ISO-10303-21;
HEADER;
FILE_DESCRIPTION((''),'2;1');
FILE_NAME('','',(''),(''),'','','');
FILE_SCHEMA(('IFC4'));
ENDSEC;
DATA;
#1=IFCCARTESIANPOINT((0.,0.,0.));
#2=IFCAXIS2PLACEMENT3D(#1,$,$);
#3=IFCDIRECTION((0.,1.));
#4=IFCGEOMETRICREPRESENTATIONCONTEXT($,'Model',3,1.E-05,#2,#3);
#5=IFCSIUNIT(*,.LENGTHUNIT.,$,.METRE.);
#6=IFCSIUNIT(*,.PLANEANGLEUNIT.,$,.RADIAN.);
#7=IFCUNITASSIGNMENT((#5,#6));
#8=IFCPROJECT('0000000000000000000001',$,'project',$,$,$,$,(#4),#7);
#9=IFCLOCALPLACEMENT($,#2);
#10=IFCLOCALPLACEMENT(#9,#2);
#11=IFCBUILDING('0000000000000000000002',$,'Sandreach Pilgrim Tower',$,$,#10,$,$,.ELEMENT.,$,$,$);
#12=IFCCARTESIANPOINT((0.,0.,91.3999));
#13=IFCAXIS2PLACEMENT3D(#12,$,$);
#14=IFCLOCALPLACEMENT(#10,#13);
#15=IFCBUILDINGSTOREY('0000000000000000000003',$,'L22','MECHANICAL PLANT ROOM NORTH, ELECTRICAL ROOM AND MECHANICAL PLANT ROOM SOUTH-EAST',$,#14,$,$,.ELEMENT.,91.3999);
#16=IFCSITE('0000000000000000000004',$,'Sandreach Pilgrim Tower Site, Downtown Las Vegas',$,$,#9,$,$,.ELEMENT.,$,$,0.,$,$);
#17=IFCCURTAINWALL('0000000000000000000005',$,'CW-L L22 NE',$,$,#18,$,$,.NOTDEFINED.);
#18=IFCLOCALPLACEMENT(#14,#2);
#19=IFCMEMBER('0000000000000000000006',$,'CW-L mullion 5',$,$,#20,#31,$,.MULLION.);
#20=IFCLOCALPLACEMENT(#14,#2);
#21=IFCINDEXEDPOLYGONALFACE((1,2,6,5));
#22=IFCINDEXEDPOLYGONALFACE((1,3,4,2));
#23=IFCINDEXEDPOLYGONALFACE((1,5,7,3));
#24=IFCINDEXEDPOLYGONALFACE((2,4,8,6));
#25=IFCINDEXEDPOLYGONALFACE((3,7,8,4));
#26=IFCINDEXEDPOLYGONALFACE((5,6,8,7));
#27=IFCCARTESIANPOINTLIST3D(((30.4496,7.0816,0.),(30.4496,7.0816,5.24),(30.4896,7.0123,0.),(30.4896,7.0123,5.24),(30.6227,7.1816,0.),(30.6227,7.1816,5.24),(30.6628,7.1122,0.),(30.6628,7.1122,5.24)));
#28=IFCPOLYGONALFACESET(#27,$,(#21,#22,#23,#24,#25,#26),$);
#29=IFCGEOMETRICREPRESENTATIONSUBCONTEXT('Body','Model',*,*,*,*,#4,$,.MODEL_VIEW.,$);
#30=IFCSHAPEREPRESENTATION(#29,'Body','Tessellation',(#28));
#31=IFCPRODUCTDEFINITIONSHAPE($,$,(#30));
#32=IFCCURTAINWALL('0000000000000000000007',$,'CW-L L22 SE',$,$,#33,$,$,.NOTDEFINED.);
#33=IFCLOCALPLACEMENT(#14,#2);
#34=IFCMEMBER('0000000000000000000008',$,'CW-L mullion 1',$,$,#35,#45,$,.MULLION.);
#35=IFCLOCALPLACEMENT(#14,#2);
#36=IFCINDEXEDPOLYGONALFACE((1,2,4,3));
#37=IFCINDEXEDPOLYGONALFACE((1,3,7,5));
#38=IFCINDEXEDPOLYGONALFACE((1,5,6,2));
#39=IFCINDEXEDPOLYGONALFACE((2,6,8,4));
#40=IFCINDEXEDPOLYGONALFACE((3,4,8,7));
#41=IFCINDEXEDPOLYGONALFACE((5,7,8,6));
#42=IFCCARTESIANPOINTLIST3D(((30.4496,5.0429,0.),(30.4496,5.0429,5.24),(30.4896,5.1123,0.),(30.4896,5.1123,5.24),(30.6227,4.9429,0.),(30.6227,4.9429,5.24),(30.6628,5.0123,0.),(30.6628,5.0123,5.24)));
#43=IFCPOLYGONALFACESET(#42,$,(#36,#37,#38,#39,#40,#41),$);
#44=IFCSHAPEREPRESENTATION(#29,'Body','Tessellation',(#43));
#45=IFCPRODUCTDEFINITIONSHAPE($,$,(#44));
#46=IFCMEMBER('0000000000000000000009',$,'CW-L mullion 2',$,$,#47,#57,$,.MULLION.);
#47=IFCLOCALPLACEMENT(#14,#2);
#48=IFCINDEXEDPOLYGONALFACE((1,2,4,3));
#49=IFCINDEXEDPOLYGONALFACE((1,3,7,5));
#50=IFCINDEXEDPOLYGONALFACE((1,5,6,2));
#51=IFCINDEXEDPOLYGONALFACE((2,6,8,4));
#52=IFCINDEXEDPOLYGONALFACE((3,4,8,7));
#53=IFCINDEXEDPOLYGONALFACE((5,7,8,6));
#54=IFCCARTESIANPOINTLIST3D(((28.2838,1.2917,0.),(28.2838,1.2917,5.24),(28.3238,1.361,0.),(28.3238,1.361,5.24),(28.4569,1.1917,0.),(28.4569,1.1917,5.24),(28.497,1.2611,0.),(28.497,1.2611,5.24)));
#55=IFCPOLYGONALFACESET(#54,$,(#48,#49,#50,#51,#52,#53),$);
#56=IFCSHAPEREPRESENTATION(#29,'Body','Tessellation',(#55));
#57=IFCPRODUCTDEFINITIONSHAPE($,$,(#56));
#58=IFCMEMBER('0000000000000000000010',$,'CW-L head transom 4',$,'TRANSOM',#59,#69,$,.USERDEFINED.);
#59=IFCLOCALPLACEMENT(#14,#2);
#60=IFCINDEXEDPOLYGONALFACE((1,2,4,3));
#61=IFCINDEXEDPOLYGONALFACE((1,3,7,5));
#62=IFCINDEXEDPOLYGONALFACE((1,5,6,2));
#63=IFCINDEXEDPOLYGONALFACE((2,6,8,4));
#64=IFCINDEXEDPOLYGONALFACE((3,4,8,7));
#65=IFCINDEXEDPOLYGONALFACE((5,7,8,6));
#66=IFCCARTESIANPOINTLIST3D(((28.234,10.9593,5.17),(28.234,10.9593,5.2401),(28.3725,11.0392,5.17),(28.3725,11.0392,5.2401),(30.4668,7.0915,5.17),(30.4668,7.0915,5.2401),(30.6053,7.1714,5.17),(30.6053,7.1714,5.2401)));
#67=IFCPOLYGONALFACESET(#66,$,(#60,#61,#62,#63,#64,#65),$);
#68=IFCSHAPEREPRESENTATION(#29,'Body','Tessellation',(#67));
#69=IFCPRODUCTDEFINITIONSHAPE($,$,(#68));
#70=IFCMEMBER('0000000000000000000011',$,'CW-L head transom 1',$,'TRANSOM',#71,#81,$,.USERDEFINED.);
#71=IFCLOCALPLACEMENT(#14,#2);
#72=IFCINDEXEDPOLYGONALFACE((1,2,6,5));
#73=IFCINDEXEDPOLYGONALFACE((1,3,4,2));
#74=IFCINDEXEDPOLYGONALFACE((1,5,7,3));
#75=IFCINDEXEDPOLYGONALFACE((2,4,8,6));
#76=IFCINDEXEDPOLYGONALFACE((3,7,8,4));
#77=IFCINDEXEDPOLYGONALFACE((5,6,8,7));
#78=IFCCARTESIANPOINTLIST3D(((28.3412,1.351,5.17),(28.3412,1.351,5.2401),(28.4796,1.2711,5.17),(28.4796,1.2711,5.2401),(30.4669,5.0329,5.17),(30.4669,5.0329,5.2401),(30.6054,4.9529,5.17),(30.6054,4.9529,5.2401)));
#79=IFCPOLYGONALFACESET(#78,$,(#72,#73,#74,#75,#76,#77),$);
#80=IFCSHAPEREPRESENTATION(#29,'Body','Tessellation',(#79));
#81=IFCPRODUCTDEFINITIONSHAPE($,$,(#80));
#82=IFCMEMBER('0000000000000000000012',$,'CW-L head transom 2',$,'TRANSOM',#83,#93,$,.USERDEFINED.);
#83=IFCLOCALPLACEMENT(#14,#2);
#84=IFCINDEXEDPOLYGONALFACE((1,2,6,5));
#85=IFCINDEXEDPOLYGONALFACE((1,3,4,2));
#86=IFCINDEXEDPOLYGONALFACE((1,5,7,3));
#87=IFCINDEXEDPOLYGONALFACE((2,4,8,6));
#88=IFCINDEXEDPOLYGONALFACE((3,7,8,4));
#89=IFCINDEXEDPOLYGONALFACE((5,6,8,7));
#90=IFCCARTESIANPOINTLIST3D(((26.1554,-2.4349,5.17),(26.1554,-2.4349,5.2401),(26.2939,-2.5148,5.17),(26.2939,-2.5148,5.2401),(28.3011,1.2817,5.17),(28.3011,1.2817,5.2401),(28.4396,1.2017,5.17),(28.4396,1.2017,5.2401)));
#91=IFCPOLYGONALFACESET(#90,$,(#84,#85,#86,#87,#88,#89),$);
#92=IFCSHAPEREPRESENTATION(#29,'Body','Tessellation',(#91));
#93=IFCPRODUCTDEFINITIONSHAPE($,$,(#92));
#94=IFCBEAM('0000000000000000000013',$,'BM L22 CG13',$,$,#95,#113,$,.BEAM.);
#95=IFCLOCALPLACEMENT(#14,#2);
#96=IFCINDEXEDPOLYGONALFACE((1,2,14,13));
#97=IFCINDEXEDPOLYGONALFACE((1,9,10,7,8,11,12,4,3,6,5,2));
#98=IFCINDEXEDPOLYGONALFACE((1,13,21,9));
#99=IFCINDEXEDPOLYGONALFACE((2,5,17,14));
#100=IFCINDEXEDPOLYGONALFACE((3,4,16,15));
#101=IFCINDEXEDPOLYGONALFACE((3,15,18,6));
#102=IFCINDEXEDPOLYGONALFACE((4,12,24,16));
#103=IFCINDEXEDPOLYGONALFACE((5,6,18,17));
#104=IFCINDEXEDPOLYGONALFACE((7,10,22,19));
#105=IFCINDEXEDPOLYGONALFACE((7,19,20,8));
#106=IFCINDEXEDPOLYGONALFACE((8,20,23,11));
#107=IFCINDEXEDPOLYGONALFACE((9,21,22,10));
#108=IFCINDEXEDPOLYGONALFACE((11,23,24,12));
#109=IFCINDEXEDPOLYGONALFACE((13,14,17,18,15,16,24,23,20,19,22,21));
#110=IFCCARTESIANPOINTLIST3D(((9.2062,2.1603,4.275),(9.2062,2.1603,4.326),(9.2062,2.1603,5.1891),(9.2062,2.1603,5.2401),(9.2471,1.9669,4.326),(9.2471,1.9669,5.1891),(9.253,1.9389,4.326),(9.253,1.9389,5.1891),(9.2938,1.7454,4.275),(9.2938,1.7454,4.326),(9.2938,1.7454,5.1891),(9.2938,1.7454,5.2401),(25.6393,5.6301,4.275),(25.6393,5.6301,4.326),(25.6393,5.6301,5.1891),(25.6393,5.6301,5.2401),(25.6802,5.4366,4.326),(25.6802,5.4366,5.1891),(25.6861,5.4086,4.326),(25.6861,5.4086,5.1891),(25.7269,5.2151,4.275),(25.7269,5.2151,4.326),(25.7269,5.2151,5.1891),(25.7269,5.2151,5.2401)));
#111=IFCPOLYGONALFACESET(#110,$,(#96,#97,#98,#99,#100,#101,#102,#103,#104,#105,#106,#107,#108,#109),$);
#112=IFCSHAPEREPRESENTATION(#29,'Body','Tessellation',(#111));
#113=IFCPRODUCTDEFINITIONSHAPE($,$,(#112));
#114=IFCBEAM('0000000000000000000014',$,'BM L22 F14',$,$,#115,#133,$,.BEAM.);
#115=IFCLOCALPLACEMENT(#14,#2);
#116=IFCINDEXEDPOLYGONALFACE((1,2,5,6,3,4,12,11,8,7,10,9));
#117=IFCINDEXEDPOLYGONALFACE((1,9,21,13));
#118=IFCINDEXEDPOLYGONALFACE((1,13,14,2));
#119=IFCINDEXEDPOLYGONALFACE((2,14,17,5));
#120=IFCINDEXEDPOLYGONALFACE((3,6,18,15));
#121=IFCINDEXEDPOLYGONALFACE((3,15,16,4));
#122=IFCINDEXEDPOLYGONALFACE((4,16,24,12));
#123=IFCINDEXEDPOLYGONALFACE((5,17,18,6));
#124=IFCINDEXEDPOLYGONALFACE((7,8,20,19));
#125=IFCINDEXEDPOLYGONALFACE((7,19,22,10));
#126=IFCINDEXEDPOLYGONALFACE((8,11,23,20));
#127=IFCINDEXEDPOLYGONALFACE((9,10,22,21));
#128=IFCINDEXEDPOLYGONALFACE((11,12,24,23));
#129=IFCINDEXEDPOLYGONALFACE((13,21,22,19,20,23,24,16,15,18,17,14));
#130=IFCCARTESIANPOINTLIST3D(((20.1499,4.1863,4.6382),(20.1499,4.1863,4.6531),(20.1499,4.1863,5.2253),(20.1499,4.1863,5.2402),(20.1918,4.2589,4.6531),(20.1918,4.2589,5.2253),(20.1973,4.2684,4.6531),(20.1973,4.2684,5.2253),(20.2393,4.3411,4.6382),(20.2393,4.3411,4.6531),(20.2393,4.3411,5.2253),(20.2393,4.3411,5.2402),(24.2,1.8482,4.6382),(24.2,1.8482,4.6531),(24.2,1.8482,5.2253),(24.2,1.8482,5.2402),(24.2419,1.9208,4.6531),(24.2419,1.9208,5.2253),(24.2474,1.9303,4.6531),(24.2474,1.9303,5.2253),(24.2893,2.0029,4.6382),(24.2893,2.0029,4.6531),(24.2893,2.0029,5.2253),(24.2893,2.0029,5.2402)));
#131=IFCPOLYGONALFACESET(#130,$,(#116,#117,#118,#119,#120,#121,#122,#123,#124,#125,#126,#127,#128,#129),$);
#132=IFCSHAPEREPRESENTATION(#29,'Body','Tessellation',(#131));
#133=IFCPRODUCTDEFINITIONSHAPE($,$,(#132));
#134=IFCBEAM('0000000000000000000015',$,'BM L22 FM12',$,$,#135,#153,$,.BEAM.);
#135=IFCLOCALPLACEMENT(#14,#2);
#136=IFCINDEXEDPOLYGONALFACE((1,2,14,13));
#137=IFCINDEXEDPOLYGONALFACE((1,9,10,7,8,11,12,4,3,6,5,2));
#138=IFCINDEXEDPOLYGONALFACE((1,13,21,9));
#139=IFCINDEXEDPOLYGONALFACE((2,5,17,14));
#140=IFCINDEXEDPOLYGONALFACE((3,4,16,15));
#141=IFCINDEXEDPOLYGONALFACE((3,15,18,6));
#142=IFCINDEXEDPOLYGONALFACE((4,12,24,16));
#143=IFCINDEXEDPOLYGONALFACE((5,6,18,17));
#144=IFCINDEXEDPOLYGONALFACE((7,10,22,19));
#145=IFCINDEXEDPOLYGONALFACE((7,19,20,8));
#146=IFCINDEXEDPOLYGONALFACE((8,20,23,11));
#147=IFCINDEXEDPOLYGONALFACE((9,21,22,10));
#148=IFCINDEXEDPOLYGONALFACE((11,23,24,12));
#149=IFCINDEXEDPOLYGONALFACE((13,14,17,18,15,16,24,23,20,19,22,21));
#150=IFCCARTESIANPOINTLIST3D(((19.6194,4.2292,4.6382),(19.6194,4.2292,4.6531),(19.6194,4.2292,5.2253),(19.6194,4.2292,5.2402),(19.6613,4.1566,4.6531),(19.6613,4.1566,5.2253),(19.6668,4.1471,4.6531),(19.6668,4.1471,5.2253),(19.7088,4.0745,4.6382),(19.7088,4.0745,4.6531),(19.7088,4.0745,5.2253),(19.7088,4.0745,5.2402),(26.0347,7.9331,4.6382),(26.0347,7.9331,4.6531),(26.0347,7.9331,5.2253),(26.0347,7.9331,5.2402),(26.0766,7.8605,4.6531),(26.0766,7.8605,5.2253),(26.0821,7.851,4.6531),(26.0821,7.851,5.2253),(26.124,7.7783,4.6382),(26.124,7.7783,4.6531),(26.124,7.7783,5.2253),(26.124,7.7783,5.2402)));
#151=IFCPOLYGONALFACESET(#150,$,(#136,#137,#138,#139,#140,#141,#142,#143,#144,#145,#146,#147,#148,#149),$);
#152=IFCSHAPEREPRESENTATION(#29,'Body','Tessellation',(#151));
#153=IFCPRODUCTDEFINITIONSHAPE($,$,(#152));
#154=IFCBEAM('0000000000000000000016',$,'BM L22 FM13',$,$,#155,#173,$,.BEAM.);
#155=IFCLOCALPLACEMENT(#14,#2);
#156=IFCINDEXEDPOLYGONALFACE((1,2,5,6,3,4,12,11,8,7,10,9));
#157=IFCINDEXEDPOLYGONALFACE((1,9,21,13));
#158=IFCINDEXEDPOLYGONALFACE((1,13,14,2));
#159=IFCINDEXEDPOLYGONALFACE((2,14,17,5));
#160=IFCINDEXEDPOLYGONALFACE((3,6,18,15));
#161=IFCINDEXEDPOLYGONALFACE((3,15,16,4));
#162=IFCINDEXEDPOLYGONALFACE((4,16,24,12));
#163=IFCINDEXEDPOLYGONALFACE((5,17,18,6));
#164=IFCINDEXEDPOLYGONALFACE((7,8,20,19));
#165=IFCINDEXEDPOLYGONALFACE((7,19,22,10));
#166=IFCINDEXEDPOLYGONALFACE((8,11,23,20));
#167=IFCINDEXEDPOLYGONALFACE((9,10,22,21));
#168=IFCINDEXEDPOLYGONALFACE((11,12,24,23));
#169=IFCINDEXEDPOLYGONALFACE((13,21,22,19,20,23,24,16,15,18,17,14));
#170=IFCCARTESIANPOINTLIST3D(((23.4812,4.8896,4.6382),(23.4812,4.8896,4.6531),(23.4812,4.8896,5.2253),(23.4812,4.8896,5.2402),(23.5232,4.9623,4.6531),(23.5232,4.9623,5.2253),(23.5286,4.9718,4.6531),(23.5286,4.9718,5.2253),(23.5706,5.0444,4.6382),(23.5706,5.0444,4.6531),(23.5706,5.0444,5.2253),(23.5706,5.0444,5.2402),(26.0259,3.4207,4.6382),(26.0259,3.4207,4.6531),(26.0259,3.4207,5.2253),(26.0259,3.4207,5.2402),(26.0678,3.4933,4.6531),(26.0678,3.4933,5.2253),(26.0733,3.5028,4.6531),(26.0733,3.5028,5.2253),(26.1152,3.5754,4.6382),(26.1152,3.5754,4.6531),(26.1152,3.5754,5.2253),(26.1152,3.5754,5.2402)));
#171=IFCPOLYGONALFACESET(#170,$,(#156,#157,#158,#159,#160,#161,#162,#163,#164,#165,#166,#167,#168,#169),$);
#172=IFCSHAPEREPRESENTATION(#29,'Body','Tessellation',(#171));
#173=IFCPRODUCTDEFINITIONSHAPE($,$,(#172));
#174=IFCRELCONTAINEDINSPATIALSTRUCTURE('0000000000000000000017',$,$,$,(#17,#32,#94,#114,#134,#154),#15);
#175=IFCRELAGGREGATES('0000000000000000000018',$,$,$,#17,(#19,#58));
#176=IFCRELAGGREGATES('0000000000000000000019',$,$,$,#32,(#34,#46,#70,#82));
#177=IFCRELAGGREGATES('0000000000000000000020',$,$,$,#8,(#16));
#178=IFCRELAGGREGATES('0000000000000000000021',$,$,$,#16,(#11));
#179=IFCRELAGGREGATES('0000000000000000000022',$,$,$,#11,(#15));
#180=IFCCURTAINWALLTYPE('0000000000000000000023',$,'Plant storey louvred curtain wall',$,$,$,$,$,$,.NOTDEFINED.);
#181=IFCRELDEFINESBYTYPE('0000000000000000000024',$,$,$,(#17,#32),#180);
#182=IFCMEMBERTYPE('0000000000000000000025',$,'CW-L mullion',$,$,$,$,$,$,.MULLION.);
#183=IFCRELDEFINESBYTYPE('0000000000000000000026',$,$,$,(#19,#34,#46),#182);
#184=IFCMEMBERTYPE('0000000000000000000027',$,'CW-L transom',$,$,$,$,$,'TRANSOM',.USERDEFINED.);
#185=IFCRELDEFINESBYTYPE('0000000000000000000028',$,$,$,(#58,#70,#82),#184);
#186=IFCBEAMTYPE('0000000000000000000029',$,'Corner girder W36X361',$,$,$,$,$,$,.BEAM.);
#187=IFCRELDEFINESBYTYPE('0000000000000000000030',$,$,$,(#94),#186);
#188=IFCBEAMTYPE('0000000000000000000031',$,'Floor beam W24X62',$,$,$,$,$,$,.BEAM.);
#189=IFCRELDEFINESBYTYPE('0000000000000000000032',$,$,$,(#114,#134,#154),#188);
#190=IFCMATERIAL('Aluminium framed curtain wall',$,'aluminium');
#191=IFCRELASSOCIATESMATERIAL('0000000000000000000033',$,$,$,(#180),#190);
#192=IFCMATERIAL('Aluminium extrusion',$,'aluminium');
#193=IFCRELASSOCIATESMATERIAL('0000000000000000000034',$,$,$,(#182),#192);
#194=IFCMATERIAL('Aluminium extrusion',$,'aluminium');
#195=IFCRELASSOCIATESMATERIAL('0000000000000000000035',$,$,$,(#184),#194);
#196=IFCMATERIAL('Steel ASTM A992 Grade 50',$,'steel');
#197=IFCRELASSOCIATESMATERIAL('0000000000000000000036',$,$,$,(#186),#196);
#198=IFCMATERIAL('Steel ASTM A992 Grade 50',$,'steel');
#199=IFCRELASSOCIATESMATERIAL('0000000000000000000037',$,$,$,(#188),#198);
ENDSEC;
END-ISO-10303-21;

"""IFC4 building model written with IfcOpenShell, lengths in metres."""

from ifc_helpers import new_model, si_unit, direction, frame, origin, origin_2d, place, context, subcontext, project, spatial, rectangle, i_section, extrude, material, material_profile, profile_set, type_object, element, aggregate, save


model = new_model("IFC4")

# Units and contexts
model_context = context("Model", 3, precision=1e-05, world=origin(), true_north=direction((0.0, 1.0)))
body_context = subcontext(model_context, "Body", "Model", "MODEL_VIEW")
ifc_project = project(units=[si_unit("LENGTHUNIT", "METRE"), si_unit("PLANEANGLEUNIT", "RADIAN")], contexts=[model_context])

# Site, building, storey
site_placement = place(None, origin())
site = spatial("IfcSite", under=ifc_project, at=site_placement, Name="Sandreach Pilgrim Tower Site, Downtown Las Vegas", CompositionType="ELEMENT", RefElevation=0.0)
building_placement = place(site_placement, origin())
building = spatial("IfcBuilding", under=site, at=building_placement, Name="Sandreach Pilgrim Tower", CompositionType="ELEMENT")
storey_placement = place(building_placement, frame((0.0, 0.0, 91.3999)))
storey = spatial("IfcBuildingStorey", under=building, at=storey_placement, Name="L22", Description="MECHANICAL PLANT ROOM NORTH, ELECTRICAL ROOM AND MECHANICAL PLANT ROOM SOUTH-EAST", CompositionType="ELEMENT", Elevation=91.3999)

# Curtain wall, member
ifc_material_1 = material(Name="Aluminium framed curtain wall", Category="aluminium")
curtain_wall_type = type_object("IfcCurtainWallType", Name="Plant storey louvred curtain wall", PredefinedType="NOTDEFINED", material=ifc_material_1)
curtain_wall_1_placement = place(storey_placement, origin())
curtain_wall_1 = element("IfcCurtainWall", 1, at=curtain_wall_1_placement, inside=storey, type_object=curtain_wall_type, Name="CW-L L22 NE", PredefinedType="NOTDEFINED")
ifc_material_2 = material(Name="Aluminium extrusion", Category="aluminium")
ifc_material_profile_1 = material_profile(ifc_material_2, rectangle(XDim=0.0801, YDim=0.2, at=origin_2d()), Name="CW-LM 80X200")
ifc_profile_set_1 = profile_set([ifc_material_profile_1], Name="Aluminium extrusion")
member_type_1 = type_object("IfcMemberType", Name="CW-L mullion", PredefinedType="MULLION", material=ifc_profile_set_1)
member_1_placement = place(storey_placement, frame((30.5562, 7.0969, 0.0), z_axis=(0.0, 0.0, 1.0), x_axis=(0.5, -0.866025, 0.0)))
member_1 = element("IfcMember", 2, at=member_1_placement, type_object=member_type_1, Name="CW-L mullion 5", PredefinedType="MULLION", context=body_context, shape_type="SweptSolid", body=[
    extrude(rectangle(XDim=0.0801, YDim=0.2, at=origin_2d()), origin(), (0.0, 0.0, 1.0), 5.24),
])

# Curtain wall, members
curtain_wall_2_placement = place(storey_placement, origin())
curtain_wall_2 = element("IfcCurtainWall", 3, at=curtain_wall_2_placement, inside=storey, type_object=curtain_wall_type, Name="CW-L L22 SE", PredefinedType="NOTDEFINED")
member_2_placement = place(storey_placement, frame((30.5562, 5.0276, 0.0), z_axis=(0.0, 0.0, 1.0), x_axis=(-0.5, -0.866025, 0.0)))
member_2 = element("IfcMember", 4, at=member_2_placement, type_object=member_type_1, Name="CW-L mullion 1", PredefinedType="MULLION", context=body_context, shape_type="SweptSolid", body=[
    extrude(rectangle(XDim=0.0801, YDim=0.2, at=origin_2d()), origin(), (0.0, 0.0, 1.0), 5.24),
])
member_3_placement = place(storey_placement, frame((28.3904, 1.2764, 0.0), z_axis=(0.0, 0.0, 1.0), x_axis=(-0.5, -0.866025, 0.0)))
member_3 = element("IfcMember", 5, at=member_3_placement, type_object=member_type_1, Name="CW-L mullion 2", PredefinedType="MULLION", context=body_context, shape_type="SweptSolid", body=[
    extrude(rectangle(XDim=0.0801, YDim=0.2, at=origin_2d()), origin(), (0.0, 0.0, 1.0), 5.24),
])

# Members
ifc_material_3 = material(Name="Aluminium extrusion", Category="aluminium")
ifc_material_profile_2 = material_profile(ifc_material_3, rectangle(XDim=0.1599, YDim=0.0701, at=origin_2d()), Name="CW-LT 160X70")
ifc_profile_set_2 = profile_set([ifc_material_profile_2], Name="Aluminium extrusion")
member_type_2 = type_object("IfcMemberType", Name="CW-L transom", ElementType="TRANSOM", PredefinedType="USERDEFINED", material=ifc_profile_set_2)
member_4_placement = place(storey_placement, frame((28.3032, 10.9993, 5.2051), z_axis=(0.499961, -0.866048, 0.0), x_axis=(0.866048, 0.499961, 0.0)))
member_4 = element("IfcMember", 6, at=member_4_placement, type_object=member_type_2, Name="CW-L head transom 4", ObjectType="TRANSOM", PredefinedType="USERDEFINED", context=body_context, shape_type="SweptSolid", body=[
    extrude(rectangle(XDim=0.1599, YDim=0.0701, at=origin_2d()), origin(), (0.0, 0.0, 1.0), 4.4661),
])
member_5_placement = place(storey_placement, frame((30.5361, 4.9929, 5.2051), z_axis=(-0.499999, -0.866026, 0.0), x_axis=(0.866026, -0.499999, 0.0)))
member_5 = element("IfcMember", 7, at=member_5_placement, type_object=member_type_2, Name="CW-L head transom 1", ObjectType="TRANSOM", PredefinedType="USERDEFINED", context=body_context, shape_type="SweptSolid", body=[
    extrude(rectangle(XDim=0.1599, YDim=0.0701, at=origin_2d()), origin(), (0.0, 0.0, 1.0), 4.2515),
])
member_6_placement = place(storey_placement, frame((28.3704, 1.2417, 5.2051), z_axis=(-0.5, -0.866025, 0.0), x_axis=(0.866025, -0.5, 0.0)))
member_6 = element("IfcMember", 8, at=member_6_placement, type_object=member_type_2, Name="CW-L head transom 2", ObjectType="TRANSOM", PredefinedType="USERDEFINED", context=body_context, shape_type="SweptSolid", body=[
    extrude(rectangle(XDim=0.1599, YDim=0.0701, at=origin_2d()), origin(), (0.0, 0.0, 1.0), 4.2915),
])

# Beams
ifc_material_4 = material(Name="Steel ASTM A992 Grade 50", Category="steel")
ifc_material_profile_3 = material_profile(ifc_material_4, i_section(OverallWidth=0.4241, OverallDepth=0.9651, WebThickness=0.0286, FlangeThickness=0.051, at=origin_2d()), Name="W36X361")
ifc_profile_set_3 = profile_set([ifc_material_profile_3], Name="Steel ASTM A992 Grade 50")
beam_type_1 = type_object("IfcBeamType", Name="Corner girder W36X361", PredefinedType="BEAM", material=ifc_profile_set_3)
beam_1_placement = place(storey_placement, frame((25.6831, 5.4226, 4.7576), z_axis=(-0.978428, -0.206588, 0.0), x_axis=(0.206588, -0.978428, 0.0)))
element("IfcBeam", 9, at=beam_1_placement, inside=storey, type_object=beam_type_1, Name="BM L22 CG13", PredefinedType="BEAM", context=body_context, shape_type="SweptSolid", body=[
    extrude(i_section(OverallWidth=0.4241, OverallDepth=0.9651, WebThickness=0.0286, FlangeThickness=0.051, at=origin_2d()), origin(), (0.0, 0.0, 1.0), 16.7954),
])
ifc_material_5 = material(Name="Steel ASTM A992 Grade 50", Category="steel")
ifc_material_profile_4 = material_profile(ifc_material_5, i_section(OverallWidth=0.1787, OverallDepth=0.6021, WebThickness=0.011, FlangeThickness=0.0149, at=origin_2d()), Name="W24X62")
ifc_profile_set_4 = profile_set([ifc_material_profile_4], Name="Steel ASTM A992 Grade 50")
beam_type_2 = type_object("IfcBeamType", Name="Floor beam W24X62", PredefinedType="BEAM", material=ifc_profile_set_4)
beam_2_placement = place(storey_placement, frame((24.2446, 1.9255, 4.9392), z_axis=(-0.86604, 0.499974, 0.0), x_axis=(-0.499974, -0.86604, 0.0)))
element("IfcBeam", 10, at=beam_2_placement, inside=storey, type_object=beam_type_2, Name="BM L22 F14", PredefinedType="BEAM", context=body_context, shape_type="SweptSolid", body=[
    extrude(i_section(OverallWidth=0.1787, OverallDepth=0.6021, WebThickness=0.011, FlangeThickness=0.0149, at=origin_2d()), origin(), (0.0, 0.0, 1.0), 4.6765),
])
beam_3_placement = place(storey_placement, frame((26.0793, 7.8557, 4.9392), z_axis=(-0.866026, -0.499999, 0.0), x_axis=(0.499999, -0.866026, 0.0)))
element("IfcBeam", 11, at=beam_3_placement, inside=storey, type_object=beam_type_2, Name="BM L22 FM12", PredefinedType="BEAM", context=body_context, shape_type="SweptSolid", body=[
    extrude(i_section(OverallWidth=0.1787, OverallDepth=0.6021, WebThickness=0.011, FlangeThickness=0.0149, at=origin_2d()), origin(), (0.0, 0.0, 1.0), 7.4077),
])
beam_4_placement = place(storey_placement, frame((26.0706, 3.498, 4.9392), z_axis=(-0.866051, 0.499955, 0.0), x_axis=(-0.499955, -0.866051, 0.0)))
element("IfcBeam", 12, at=beam_4_placement, inside=storey, type_object=beam_type_2, Name="BM L22 FM13", PredefinedType="BEAM", context=body_context, shape_type="SweptSolid", body=[
    extrude(i_section(OverallWidth=0.1787, OverallDepth=0.6021, WebThickness=0.011, FlangeThickness=0.0149, at=origin_2d()), origin(), (0.0, 0.0, 1.0), 2.9382),
])

aggregate(curtain_wall_1, [member_1, member_4])
aggregate(curtain_wall_2, [member_2, member_3, member_5, member_6])

save(model, "model.ifc")
